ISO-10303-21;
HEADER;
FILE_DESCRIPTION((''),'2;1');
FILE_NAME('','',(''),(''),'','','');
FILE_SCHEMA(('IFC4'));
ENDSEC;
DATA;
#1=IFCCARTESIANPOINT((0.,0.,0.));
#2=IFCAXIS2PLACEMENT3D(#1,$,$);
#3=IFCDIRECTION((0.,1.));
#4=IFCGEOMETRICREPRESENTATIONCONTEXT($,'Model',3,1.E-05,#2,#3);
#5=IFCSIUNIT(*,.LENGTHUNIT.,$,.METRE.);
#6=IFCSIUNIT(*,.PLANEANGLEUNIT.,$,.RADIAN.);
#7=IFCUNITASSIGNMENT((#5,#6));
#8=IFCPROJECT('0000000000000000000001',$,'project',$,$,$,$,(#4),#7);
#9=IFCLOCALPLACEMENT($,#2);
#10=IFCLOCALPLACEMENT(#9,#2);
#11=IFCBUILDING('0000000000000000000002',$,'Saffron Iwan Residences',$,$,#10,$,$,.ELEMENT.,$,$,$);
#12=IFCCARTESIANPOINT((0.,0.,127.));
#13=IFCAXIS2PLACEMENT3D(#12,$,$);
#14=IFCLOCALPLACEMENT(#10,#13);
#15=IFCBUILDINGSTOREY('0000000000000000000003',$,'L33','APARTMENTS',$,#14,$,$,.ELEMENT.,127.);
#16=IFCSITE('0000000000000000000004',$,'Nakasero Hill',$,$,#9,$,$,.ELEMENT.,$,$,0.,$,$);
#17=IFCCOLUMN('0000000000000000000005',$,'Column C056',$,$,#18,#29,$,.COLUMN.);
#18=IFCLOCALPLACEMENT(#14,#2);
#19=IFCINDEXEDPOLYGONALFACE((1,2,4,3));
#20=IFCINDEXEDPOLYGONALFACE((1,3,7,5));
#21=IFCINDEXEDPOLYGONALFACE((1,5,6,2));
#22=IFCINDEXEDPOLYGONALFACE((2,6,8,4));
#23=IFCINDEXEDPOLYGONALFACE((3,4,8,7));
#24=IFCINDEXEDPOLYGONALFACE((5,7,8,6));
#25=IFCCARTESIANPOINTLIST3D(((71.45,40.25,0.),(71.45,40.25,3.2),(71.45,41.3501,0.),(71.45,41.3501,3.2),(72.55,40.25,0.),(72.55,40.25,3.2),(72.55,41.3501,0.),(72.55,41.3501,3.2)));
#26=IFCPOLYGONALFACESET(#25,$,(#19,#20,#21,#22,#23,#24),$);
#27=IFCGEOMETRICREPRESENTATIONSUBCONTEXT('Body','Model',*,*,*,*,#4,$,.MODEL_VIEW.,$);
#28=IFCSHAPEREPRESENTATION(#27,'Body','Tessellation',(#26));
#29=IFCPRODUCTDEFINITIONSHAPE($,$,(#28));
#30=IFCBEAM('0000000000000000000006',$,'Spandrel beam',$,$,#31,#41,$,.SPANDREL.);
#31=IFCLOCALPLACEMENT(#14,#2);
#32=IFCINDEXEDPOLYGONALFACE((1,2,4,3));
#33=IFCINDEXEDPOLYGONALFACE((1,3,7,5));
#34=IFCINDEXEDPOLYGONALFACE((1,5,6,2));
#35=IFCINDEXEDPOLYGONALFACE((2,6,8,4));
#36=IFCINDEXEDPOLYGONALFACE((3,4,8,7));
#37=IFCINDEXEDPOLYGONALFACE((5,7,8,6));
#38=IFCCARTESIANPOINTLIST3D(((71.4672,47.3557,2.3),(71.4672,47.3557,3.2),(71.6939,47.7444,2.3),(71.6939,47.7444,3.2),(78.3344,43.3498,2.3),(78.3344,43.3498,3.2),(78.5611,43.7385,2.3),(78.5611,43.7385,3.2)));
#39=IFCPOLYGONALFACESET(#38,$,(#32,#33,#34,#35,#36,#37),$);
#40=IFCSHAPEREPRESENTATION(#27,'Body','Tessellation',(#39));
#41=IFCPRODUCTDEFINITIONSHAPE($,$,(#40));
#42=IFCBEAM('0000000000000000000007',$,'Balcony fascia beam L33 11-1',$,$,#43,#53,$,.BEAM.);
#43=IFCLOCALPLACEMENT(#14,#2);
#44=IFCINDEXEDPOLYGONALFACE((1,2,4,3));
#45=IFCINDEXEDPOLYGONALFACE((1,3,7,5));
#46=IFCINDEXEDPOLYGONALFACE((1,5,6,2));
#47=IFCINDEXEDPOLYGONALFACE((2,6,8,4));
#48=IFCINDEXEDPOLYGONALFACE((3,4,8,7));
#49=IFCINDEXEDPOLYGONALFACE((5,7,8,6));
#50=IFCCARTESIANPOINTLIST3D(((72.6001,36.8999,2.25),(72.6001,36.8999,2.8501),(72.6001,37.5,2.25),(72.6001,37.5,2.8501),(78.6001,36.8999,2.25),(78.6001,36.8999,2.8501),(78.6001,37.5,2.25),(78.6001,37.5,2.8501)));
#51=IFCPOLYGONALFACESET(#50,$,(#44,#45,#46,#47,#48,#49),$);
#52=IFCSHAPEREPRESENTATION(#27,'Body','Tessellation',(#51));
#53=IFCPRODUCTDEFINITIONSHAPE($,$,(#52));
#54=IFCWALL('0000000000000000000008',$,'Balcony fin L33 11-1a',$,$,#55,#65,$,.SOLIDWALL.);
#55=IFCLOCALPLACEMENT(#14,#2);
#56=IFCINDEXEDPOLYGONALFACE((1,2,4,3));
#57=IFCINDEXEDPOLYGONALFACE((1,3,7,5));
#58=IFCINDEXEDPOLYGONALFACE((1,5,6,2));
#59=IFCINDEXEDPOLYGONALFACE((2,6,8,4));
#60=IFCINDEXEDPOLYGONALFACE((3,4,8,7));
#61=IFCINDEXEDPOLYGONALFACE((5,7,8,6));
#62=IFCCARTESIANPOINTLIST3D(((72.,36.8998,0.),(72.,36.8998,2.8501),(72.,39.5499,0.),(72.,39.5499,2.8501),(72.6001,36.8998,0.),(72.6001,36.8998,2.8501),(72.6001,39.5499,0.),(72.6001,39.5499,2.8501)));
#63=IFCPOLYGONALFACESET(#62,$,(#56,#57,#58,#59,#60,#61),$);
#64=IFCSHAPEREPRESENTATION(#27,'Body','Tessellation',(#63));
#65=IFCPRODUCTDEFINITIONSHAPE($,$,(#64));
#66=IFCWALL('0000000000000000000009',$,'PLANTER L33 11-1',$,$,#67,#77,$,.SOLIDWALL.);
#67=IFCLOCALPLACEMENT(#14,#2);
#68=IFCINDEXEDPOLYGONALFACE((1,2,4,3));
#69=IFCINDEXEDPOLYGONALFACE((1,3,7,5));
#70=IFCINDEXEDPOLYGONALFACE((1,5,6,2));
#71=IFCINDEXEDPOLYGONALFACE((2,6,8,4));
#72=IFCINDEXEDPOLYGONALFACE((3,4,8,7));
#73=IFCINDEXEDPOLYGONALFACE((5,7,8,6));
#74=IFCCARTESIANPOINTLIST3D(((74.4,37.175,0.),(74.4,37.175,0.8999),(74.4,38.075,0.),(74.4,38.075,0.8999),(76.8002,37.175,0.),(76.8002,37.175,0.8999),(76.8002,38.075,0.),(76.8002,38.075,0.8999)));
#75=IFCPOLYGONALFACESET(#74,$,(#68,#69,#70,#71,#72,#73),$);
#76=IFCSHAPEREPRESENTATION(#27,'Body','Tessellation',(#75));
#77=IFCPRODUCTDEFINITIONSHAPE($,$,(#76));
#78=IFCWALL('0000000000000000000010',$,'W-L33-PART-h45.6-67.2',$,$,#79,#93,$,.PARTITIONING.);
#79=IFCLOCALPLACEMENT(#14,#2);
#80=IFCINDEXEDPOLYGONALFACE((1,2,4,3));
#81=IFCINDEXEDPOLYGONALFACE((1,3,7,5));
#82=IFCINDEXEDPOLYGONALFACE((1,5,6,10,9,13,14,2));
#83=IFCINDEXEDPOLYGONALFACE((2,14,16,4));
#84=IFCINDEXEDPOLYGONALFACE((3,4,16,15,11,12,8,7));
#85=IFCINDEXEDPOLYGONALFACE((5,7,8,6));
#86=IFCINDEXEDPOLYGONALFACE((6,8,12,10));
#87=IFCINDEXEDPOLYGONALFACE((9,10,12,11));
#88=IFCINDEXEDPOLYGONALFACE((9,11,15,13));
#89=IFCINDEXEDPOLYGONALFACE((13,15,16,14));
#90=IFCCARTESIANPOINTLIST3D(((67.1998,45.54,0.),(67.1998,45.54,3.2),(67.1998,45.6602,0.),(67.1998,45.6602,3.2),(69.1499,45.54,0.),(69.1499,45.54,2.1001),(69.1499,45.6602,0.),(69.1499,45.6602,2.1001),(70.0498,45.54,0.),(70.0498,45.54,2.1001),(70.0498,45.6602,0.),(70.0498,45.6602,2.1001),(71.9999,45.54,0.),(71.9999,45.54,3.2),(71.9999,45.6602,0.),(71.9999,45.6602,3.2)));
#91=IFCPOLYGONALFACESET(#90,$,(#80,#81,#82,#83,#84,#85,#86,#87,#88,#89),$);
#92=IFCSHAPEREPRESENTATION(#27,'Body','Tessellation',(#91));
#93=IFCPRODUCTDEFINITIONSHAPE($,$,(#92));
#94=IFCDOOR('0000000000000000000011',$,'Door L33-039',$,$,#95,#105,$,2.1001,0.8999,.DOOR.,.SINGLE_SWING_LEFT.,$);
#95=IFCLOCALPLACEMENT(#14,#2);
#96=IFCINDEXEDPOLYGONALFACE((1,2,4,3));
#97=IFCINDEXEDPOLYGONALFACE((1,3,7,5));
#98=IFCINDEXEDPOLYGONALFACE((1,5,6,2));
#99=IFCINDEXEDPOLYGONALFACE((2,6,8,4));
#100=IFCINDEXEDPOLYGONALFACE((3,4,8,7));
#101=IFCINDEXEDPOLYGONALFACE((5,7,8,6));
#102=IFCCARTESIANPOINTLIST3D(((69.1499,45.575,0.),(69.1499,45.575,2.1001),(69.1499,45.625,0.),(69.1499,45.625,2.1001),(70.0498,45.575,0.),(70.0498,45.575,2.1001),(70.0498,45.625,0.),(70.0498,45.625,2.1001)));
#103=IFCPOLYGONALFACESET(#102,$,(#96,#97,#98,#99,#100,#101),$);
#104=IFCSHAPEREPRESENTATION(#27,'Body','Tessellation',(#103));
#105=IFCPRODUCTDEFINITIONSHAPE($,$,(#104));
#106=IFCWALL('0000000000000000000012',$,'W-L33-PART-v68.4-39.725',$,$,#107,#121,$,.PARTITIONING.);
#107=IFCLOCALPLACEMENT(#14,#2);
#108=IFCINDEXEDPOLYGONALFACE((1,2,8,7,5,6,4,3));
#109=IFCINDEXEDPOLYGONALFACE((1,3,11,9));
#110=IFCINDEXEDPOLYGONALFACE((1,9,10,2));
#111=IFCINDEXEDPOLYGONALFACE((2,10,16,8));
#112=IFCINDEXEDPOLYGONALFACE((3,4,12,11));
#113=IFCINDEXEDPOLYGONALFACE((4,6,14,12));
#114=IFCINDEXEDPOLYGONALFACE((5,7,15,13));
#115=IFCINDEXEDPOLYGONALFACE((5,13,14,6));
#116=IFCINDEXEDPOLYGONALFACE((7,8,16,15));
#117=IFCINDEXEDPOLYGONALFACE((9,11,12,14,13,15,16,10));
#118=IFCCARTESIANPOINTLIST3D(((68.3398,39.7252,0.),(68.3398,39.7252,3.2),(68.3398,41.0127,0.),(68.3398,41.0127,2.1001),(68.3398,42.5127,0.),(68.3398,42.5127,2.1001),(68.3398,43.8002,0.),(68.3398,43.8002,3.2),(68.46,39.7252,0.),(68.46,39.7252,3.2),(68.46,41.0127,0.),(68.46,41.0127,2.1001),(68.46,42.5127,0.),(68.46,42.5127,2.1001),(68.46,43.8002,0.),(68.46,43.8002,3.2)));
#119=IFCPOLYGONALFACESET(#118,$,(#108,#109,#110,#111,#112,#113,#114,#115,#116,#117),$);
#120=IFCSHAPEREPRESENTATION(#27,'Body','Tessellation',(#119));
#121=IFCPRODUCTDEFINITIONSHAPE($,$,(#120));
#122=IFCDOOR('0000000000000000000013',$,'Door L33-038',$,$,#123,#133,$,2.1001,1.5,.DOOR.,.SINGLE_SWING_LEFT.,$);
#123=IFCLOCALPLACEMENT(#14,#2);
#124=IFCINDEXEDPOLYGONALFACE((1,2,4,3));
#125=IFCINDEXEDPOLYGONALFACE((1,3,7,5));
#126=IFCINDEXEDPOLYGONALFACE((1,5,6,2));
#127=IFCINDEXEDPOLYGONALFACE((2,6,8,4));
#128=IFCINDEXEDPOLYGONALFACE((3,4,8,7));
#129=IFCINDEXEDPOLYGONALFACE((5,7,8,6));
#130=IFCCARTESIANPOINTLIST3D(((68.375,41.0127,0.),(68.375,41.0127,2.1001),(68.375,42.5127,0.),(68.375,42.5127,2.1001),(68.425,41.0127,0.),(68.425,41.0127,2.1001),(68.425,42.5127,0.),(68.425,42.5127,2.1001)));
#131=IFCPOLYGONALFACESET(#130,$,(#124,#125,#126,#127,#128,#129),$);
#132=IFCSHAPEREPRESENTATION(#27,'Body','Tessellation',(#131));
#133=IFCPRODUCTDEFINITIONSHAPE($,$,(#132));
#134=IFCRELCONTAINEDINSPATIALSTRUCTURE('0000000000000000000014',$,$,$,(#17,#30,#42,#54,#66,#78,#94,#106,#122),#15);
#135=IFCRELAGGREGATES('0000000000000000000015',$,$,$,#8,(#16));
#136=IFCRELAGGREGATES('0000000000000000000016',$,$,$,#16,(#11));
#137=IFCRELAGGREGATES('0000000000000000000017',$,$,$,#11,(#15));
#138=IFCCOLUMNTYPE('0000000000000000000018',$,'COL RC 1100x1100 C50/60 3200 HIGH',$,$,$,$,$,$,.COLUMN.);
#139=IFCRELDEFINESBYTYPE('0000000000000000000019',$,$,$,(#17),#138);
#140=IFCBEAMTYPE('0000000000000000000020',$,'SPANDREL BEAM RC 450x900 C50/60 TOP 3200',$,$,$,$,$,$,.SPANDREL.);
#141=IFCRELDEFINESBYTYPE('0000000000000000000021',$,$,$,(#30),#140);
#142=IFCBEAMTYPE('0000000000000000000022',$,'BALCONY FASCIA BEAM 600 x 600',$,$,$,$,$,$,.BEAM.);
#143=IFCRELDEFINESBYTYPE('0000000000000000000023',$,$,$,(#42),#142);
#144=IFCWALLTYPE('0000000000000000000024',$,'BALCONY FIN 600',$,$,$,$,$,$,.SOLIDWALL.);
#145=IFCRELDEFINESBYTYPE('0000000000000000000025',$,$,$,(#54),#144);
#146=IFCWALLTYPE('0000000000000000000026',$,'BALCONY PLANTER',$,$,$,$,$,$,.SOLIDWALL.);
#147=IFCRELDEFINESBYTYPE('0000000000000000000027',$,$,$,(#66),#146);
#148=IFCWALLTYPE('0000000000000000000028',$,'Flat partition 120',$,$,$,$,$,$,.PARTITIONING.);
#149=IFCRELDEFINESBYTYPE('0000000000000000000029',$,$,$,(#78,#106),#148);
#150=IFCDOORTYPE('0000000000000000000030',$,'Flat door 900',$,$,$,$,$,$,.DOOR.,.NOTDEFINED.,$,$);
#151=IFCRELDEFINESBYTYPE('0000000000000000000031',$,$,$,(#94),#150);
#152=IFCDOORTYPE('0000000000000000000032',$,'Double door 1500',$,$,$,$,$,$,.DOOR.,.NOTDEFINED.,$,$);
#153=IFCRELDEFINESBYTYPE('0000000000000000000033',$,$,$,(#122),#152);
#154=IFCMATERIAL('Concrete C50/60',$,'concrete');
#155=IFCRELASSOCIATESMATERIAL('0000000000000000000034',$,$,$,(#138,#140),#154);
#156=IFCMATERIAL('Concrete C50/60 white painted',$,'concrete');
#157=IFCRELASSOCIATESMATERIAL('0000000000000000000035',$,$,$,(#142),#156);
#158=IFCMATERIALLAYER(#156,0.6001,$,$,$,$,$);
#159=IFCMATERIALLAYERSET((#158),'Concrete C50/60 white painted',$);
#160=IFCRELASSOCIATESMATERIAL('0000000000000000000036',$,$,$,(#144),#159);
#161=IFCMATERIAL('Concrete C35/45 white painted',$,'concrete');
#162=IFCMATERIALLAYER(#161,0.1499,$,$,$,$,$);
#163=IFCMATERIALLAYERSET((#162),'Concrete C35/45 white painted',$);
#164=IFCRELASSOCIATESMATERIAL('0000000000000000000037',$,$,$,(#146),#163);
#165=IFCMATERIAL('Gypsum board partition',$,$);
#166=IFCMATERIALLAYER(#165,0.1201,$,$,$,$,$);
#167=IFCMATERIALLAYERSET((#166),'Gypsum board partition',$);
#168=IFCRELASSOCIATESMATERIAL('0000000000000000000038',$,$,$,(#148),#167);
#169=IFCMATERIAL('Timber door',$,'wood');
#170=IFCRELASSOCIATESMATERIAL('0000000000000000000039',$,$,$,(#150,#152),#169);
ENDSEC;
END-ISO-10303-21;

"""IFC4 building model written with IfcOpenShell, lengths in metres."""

from ifc_helpers import new_model, si_unit, direction, frame, frame_2d, origin, origin_2d, place, context, subcontext, project, spatial, rectangle, extrude, source, transform, mapped, material, layer, layer_set, material_profile, profile_set, type_object, element, fill, save


model = new_model("IFC4")

# Units and contexts
model_context = context("Model", 3, precision=1e-05, world=origin(), true_north=direction((0.0, 1.0)))
body_context = subcontext(model_context, "Body", "Model", "MODEL_VIEW")
ifc_project = project(units=[si_unit("LENGTHUNIT", "METRE"), si_unit("PLANEANGLEUNIT", "RADIAN")], contexts=[model_context])

# Site, building, storey
site_placement = place(None, origin())
site = spatial("IfcSite", under=ifc_project, at=site_placement, Name="Nakasero Hill", CompositionType="ELEMENT", RefElevation=0.0)
building_placement = place(site_placement, origin())
building = spatial("IfcBuilding", under=site, at=building_placement, Name="Saffron Iwan Residences", CompositionType="ELEMENT")
storey_placement = place(building_placement, frame((0.0, 0.0, 127.0)))
storey = spatial("IfcBuildingStorey", under=building, at=storey_placement, Name="L33", Description="APARTMENTS", CompositionType="ELEMENT", Elevation=127.0)

# Column
ifc_material_1 = material(Name="Concrete C50/60", Category="concrete")
ifc_material_profile_1 = material_profile(ifc_material_1, rectangle(XDim=1.1001, YDim=1.1001, at=origin_2d()), Name="RC 1100x1100")
ifc_profile_set_1 = profile_set([ifc_material_profile_1], Name="Concrete C50/60")
column_type = type_object("IfcColumnType", Name="COL RC 1100x1100 C50/60 3200 HIGH", PredefinedType="COLUMN", material=ifc_profile_set_1)
shared_shape_1 = source(origin(), body_context, "Body", "SweptSolid", [
    extrude(rectangle(XDim=1.1001, YDim=1.1001, at=origin_2d()), origin(), (0.0, 0.0, 1.0), 3.2),
])
column_placement = place(storey_placement, frame((72.0, 40.8, 0.0), z_axis=(0.0, 0.0, 1.0), x_axis=(1.0, 0.0, 0.0)))
element("IfcColumn", 1, at=column_placement, inside=storey, type_object=column_type, Name="Column C056", PredefinedType="COLUMN", context=body_context, shape_type="MappedRepresentation", body=[
    mapped(shared_shape_1, transform((0.0, 0.0, 0.0))),
])

# Beams
ifc_material_profile_2 = material_profile(ifc_material_1, rectangle(XDim=0.45, YDim=0.8999, at=origin_2d()), Name="RC 450x900")
ifc_profile_set_2 = profile_set([ifc_material_profile_2], Name="Concrete C50/60")
beam_type_1 = type_object("IfcBeamType", Name="SPANDREL BEAM RC 450x900 C50/60 TOP 3200", PredefinedType="SPANDREL", material=ifc_profile_set_2)
shared_shape_2 = source(origin(), body_context, "Body", "SweptSolid", [
    extrude(rectangle(XDim=0.45, YDim=0.8999, at=origin_2d()), origin(), (0.0, 0.0, 1.0), 7.9502),
])
beam_1_placement = place(storey_placement, frame((71.5806, 47.55, 2.75), z_axis=(0.863779, -0.503871, 0.0), x_axis=(0.503871, 0.863779, 0.0)))
element("IfcBeam", 2, at=beam_1_placement, inside=storey, type_object=beam_type_1, Name="Spandrel beam", PredefinedType="SPANDREL", context=body_context, shape_type="MappedRepresentation", body=[
    mapped(shared_shape_2, transform((0.0, 0.0, 0.0))),
])
ifc_material_2 = material(Name="Concrete C50/60 white painted", Category="concrete")
ifc_material_profile_3 = material_profile(ifc_material_2, rectangle(XDim=0.6001, YDim=0.6001, at=origin_2d()), Name="BALCONY FASCIA BEAM 600 x 600")
ifc_profile_set_3 = profile_set([ifc_material_profile_3], Name="Concrete C50/60 white painted")
beam_type_2 = type_object("IfcBeamType", Name="BALCONY FASCIA BEAM 600 x 600", PredefinedType="BEAM", material=ifc_profile_set_3)
shared_shape_3 = source(origin(), body_context, "Body", "SweptSolid", [
    extrude(rectangle(XDim=0.6001, YDim=0.6001, at=origin_2d()), origin(), (0.0, 0.0, 1.0), 6.0),
])
beam_2_placement = place(storey_placement, frame((72.6001, 37.2, 2.55), z_axis=(1.0, 0.0, 0.0), x_axis=(0.0, 1.0, 0.0)))
element("IfcBeam", 3, at=beam_2_placement, inside=storey, type_object=beam_type_2, Name="Balcony fascia beam L33 11-1", PredefinedType="BEAM", context=body_context, shape_type="MappedRepresentation", body=[
    mapped(shared_shape_3, transform((0.0, 0.0, 0.0))),
])

# Walls
ifc_layer_1 = layer(ifc_material_2, 0.6001)
ifc_layer_set_1 = layer_set([ifc_layer_1], Name="Concrete C50/60 white painted")
wall_type_1 = type_object("IfcWallType", Name="BALCONY FIN 600", PredefinedType="SOLIDWALL", material=ifc_layer_set_1)
wall_1_placement = place(storey_placement, frame((72.3, 39.55, 0.0), z_axis=(0.0, 0.0, 1.0), x_axis=(0.0, -1.0, 0.0)))
element("IfcWall", 4, at=wall_1_placement, inside=storey, type_object=wall_type_1, Name="Balcony fin L33 11-1a", PredefinedType="SOLIDWALL", context=body_context, shape_type="SweptSolid", body=[
    extrude(rectangle(XDim=2.6501, YDim=0.6001, at=frame_2d((1.3252, 0.0))), origin(), (0.0, 0.0, 1.0), 2.8501),
])
ifc_material_3 = material(Name="Concrete C35/45 white painted", Category="concrete")
ifc_layer_2 = layer(ifc_material_3, 0.1499)
ifc_layer_set_2 = layer_set([ifc_layer_2], Name="Concrete C35/45 white painted")
wall_type_2 = type_object("IfcWallType", Name="BALCONY PLANTER", PredefinedType="SOLIDWALL", material=ifc_layer_set_2)
wall_2_placement = place(storey_placement, frame((74.3999, 37.625, 0.0), z_axis=(0.0, 0.0, 1.0), x_axis=(1.0, 0.0, 0.0)))
element("IfcWall", 5, at=wall_2_placement, inside=storey, type_object=wall_type_2, Name="PLANTER L33 11-1", PredefinedType="SOLIDWALL", context=body_context, shape_type="SweptSolid", body=[
    extrude(rectangle(XDim=2.4001, YDim=0.8999, at=frame_2d((1.2002, 0.0))), origin(), (0.0, 0.0, 1.0), 0.8999),
])

# Walls, openings, doors
ifc_material_4 = material(Name="Gypsum board partition")
ifc_layer_3 = layer(ifc_material_4, 0.1201)
ifc_layer_set_3 = layer_set([ifc_layer_3], Name="Gypsum board partition")
wall_type_3 = type_object("IfcWallType", Name="Flat partition 120", PredefinedType="PARTITIONING", material=ifc_layer_set_3)
wall_3_placement = place(storey_placement, frame((67.2, 45.6001, 0.0), z_axis=(0.0, 0.0, 1.0), x_axis=(1.0, 0.0, 0.0)))
wall_3 = element("IfcWall", 6, at=wall_3_placement, inside=storey, type_object=wall_type_3, Name="W-L33-PART-h45.6-67.2", PredefinedType="PARTITIONING", context=body_context, shape_type="SweptSolid", body=[
    extrude(rectangle(XDim=4.8, YDim=0.1201, at=frame_2d((2.3999, 0.0))), origin(), (0.0, 0.0, 1.0), 3.2),
])
opening_1_placement = place(wall_3_placement, frame((1.95, 0.0, 0.0)))
opening_1 = element("IfcOpeningElement", 7, at=opening_1_placement, cuts=wall_3, PredefinedType="OPENING", context=body_context, shape_type="SweptSolid", body=[
    extrude(rectangle(XDim=0.8999, YDim=2.1001, at=frame_2d((0.45, 1.05))), frame((0.0, 0.0701, 0.0), z_axis=(0.0, -1.0, 0.0), x_axis=(1.0, 0.0, 0.0)), (0.0, 0.0, 1.0), 0.1401),
])
ifc_material_5 = material(Name="Timber door", Category="wood")
door_type_1 = type_object("IfcDoorType", Name="Flat door 900", OperationType="NOTDEFINED", PredefinedType="DOOR", material=ifc_material_5)
door_1_placement = place(opening_1_placement, origin())
door_1 = element("IfcDoor", 8, at=door_1_placement, inside=storey, type_object=door_type_1, Name="Door L33-039", OperationType="SINGLE_SWING_LEFT", OverallHeight=2.1001, OverallWidth=0.8999, PredefinedType="DOOR", context=body_context, shape_type="SweptSolid", body=[
    extrude(rectangle(XDim=0.8999, YDim=2.1001, at=frame_2d((0.45, 1.05))), frame((0.0, 0.0249, 0.0), z_axis=(0.0, -1.0, 0.0), x_axis=(1.0, 0.0, 0.0)), (0.0, 0.0, 1.0), 0.05),
])
fill(opening_1, door_1)
wall_4_placement = place(storey_placement, frame((68.3999, 39.7251, 0.0), z_axis=(0.0, 0.0, 1.0), x_axis=(0.0, 1.0, 0.0)))
wall_4 = element("IfcWall", 9, at=wall_4_placement, inside=storey, type_object=wall_type_3, Name="W-L33-PART-v68.4-39.725", PredefinedType="PARTITIONING", context=body_context, shape_type="SweptSolid", body=[
    extrude(rectangle(XDim=4.075, YDim=0.1201, at=frame_2d((2.0376, 0.0))), origin(), (0.0, 0.0, 1.0), 3.2),
])
opening_2_placement = place(wall_4_placement, frame((1.2876, 0.0, 0.0)))
opening_2 = element("IfcOpeningElement", 10, at=opening_2_placement, cuts=wall_4, PredefinedType="OPENING", context=body_context, shape_type="SweptSolid", body=[
    extrude(rectangle(XDim=1.5, YDim=2.1001, at=frame_2d((0.75, 1.05))), frame((0.0, 0.0701, 0.0), z_axis=(0.0, -1.0, 0.0), x_axis=(1.0, 0.0, 0.0)), (0.0, 0.0, 1.0), 0.1401),
])
door_type_2 = type_object("IfcDoorType", Name="Double door 1500", OperationType="NOTDEFINED", PredefinedType="DOOR", material=ifc_material_5)
door_2_placement = place(opening_2_placement, origin())
door_2 = element("IfcDoor", 11, at=door_2_placement, inside=storey, type_object=door_type_2, Name="Door L33-038", OperationType="SINGLE_SWING_LEFT", OverallHeight=2.1001, OverallWidth=1.5, PredefinedType="DOOR", context=body_context, shape_type="SweptSolid", body=[
    extrude(rectangle(XDim=1.5, YDim=2.1001, at=frame_2d((0.75, 1.05))), frame((0.0, 0.0249, 0.0), z_axis=(0.0, -1.0, 0.0), x_axis=(1.0, 0.0, 0.0)), (0.0, 0.0, 1.0), 0.05),
])
fill(opening_2, door_2)

save(model, "model.ifc")
